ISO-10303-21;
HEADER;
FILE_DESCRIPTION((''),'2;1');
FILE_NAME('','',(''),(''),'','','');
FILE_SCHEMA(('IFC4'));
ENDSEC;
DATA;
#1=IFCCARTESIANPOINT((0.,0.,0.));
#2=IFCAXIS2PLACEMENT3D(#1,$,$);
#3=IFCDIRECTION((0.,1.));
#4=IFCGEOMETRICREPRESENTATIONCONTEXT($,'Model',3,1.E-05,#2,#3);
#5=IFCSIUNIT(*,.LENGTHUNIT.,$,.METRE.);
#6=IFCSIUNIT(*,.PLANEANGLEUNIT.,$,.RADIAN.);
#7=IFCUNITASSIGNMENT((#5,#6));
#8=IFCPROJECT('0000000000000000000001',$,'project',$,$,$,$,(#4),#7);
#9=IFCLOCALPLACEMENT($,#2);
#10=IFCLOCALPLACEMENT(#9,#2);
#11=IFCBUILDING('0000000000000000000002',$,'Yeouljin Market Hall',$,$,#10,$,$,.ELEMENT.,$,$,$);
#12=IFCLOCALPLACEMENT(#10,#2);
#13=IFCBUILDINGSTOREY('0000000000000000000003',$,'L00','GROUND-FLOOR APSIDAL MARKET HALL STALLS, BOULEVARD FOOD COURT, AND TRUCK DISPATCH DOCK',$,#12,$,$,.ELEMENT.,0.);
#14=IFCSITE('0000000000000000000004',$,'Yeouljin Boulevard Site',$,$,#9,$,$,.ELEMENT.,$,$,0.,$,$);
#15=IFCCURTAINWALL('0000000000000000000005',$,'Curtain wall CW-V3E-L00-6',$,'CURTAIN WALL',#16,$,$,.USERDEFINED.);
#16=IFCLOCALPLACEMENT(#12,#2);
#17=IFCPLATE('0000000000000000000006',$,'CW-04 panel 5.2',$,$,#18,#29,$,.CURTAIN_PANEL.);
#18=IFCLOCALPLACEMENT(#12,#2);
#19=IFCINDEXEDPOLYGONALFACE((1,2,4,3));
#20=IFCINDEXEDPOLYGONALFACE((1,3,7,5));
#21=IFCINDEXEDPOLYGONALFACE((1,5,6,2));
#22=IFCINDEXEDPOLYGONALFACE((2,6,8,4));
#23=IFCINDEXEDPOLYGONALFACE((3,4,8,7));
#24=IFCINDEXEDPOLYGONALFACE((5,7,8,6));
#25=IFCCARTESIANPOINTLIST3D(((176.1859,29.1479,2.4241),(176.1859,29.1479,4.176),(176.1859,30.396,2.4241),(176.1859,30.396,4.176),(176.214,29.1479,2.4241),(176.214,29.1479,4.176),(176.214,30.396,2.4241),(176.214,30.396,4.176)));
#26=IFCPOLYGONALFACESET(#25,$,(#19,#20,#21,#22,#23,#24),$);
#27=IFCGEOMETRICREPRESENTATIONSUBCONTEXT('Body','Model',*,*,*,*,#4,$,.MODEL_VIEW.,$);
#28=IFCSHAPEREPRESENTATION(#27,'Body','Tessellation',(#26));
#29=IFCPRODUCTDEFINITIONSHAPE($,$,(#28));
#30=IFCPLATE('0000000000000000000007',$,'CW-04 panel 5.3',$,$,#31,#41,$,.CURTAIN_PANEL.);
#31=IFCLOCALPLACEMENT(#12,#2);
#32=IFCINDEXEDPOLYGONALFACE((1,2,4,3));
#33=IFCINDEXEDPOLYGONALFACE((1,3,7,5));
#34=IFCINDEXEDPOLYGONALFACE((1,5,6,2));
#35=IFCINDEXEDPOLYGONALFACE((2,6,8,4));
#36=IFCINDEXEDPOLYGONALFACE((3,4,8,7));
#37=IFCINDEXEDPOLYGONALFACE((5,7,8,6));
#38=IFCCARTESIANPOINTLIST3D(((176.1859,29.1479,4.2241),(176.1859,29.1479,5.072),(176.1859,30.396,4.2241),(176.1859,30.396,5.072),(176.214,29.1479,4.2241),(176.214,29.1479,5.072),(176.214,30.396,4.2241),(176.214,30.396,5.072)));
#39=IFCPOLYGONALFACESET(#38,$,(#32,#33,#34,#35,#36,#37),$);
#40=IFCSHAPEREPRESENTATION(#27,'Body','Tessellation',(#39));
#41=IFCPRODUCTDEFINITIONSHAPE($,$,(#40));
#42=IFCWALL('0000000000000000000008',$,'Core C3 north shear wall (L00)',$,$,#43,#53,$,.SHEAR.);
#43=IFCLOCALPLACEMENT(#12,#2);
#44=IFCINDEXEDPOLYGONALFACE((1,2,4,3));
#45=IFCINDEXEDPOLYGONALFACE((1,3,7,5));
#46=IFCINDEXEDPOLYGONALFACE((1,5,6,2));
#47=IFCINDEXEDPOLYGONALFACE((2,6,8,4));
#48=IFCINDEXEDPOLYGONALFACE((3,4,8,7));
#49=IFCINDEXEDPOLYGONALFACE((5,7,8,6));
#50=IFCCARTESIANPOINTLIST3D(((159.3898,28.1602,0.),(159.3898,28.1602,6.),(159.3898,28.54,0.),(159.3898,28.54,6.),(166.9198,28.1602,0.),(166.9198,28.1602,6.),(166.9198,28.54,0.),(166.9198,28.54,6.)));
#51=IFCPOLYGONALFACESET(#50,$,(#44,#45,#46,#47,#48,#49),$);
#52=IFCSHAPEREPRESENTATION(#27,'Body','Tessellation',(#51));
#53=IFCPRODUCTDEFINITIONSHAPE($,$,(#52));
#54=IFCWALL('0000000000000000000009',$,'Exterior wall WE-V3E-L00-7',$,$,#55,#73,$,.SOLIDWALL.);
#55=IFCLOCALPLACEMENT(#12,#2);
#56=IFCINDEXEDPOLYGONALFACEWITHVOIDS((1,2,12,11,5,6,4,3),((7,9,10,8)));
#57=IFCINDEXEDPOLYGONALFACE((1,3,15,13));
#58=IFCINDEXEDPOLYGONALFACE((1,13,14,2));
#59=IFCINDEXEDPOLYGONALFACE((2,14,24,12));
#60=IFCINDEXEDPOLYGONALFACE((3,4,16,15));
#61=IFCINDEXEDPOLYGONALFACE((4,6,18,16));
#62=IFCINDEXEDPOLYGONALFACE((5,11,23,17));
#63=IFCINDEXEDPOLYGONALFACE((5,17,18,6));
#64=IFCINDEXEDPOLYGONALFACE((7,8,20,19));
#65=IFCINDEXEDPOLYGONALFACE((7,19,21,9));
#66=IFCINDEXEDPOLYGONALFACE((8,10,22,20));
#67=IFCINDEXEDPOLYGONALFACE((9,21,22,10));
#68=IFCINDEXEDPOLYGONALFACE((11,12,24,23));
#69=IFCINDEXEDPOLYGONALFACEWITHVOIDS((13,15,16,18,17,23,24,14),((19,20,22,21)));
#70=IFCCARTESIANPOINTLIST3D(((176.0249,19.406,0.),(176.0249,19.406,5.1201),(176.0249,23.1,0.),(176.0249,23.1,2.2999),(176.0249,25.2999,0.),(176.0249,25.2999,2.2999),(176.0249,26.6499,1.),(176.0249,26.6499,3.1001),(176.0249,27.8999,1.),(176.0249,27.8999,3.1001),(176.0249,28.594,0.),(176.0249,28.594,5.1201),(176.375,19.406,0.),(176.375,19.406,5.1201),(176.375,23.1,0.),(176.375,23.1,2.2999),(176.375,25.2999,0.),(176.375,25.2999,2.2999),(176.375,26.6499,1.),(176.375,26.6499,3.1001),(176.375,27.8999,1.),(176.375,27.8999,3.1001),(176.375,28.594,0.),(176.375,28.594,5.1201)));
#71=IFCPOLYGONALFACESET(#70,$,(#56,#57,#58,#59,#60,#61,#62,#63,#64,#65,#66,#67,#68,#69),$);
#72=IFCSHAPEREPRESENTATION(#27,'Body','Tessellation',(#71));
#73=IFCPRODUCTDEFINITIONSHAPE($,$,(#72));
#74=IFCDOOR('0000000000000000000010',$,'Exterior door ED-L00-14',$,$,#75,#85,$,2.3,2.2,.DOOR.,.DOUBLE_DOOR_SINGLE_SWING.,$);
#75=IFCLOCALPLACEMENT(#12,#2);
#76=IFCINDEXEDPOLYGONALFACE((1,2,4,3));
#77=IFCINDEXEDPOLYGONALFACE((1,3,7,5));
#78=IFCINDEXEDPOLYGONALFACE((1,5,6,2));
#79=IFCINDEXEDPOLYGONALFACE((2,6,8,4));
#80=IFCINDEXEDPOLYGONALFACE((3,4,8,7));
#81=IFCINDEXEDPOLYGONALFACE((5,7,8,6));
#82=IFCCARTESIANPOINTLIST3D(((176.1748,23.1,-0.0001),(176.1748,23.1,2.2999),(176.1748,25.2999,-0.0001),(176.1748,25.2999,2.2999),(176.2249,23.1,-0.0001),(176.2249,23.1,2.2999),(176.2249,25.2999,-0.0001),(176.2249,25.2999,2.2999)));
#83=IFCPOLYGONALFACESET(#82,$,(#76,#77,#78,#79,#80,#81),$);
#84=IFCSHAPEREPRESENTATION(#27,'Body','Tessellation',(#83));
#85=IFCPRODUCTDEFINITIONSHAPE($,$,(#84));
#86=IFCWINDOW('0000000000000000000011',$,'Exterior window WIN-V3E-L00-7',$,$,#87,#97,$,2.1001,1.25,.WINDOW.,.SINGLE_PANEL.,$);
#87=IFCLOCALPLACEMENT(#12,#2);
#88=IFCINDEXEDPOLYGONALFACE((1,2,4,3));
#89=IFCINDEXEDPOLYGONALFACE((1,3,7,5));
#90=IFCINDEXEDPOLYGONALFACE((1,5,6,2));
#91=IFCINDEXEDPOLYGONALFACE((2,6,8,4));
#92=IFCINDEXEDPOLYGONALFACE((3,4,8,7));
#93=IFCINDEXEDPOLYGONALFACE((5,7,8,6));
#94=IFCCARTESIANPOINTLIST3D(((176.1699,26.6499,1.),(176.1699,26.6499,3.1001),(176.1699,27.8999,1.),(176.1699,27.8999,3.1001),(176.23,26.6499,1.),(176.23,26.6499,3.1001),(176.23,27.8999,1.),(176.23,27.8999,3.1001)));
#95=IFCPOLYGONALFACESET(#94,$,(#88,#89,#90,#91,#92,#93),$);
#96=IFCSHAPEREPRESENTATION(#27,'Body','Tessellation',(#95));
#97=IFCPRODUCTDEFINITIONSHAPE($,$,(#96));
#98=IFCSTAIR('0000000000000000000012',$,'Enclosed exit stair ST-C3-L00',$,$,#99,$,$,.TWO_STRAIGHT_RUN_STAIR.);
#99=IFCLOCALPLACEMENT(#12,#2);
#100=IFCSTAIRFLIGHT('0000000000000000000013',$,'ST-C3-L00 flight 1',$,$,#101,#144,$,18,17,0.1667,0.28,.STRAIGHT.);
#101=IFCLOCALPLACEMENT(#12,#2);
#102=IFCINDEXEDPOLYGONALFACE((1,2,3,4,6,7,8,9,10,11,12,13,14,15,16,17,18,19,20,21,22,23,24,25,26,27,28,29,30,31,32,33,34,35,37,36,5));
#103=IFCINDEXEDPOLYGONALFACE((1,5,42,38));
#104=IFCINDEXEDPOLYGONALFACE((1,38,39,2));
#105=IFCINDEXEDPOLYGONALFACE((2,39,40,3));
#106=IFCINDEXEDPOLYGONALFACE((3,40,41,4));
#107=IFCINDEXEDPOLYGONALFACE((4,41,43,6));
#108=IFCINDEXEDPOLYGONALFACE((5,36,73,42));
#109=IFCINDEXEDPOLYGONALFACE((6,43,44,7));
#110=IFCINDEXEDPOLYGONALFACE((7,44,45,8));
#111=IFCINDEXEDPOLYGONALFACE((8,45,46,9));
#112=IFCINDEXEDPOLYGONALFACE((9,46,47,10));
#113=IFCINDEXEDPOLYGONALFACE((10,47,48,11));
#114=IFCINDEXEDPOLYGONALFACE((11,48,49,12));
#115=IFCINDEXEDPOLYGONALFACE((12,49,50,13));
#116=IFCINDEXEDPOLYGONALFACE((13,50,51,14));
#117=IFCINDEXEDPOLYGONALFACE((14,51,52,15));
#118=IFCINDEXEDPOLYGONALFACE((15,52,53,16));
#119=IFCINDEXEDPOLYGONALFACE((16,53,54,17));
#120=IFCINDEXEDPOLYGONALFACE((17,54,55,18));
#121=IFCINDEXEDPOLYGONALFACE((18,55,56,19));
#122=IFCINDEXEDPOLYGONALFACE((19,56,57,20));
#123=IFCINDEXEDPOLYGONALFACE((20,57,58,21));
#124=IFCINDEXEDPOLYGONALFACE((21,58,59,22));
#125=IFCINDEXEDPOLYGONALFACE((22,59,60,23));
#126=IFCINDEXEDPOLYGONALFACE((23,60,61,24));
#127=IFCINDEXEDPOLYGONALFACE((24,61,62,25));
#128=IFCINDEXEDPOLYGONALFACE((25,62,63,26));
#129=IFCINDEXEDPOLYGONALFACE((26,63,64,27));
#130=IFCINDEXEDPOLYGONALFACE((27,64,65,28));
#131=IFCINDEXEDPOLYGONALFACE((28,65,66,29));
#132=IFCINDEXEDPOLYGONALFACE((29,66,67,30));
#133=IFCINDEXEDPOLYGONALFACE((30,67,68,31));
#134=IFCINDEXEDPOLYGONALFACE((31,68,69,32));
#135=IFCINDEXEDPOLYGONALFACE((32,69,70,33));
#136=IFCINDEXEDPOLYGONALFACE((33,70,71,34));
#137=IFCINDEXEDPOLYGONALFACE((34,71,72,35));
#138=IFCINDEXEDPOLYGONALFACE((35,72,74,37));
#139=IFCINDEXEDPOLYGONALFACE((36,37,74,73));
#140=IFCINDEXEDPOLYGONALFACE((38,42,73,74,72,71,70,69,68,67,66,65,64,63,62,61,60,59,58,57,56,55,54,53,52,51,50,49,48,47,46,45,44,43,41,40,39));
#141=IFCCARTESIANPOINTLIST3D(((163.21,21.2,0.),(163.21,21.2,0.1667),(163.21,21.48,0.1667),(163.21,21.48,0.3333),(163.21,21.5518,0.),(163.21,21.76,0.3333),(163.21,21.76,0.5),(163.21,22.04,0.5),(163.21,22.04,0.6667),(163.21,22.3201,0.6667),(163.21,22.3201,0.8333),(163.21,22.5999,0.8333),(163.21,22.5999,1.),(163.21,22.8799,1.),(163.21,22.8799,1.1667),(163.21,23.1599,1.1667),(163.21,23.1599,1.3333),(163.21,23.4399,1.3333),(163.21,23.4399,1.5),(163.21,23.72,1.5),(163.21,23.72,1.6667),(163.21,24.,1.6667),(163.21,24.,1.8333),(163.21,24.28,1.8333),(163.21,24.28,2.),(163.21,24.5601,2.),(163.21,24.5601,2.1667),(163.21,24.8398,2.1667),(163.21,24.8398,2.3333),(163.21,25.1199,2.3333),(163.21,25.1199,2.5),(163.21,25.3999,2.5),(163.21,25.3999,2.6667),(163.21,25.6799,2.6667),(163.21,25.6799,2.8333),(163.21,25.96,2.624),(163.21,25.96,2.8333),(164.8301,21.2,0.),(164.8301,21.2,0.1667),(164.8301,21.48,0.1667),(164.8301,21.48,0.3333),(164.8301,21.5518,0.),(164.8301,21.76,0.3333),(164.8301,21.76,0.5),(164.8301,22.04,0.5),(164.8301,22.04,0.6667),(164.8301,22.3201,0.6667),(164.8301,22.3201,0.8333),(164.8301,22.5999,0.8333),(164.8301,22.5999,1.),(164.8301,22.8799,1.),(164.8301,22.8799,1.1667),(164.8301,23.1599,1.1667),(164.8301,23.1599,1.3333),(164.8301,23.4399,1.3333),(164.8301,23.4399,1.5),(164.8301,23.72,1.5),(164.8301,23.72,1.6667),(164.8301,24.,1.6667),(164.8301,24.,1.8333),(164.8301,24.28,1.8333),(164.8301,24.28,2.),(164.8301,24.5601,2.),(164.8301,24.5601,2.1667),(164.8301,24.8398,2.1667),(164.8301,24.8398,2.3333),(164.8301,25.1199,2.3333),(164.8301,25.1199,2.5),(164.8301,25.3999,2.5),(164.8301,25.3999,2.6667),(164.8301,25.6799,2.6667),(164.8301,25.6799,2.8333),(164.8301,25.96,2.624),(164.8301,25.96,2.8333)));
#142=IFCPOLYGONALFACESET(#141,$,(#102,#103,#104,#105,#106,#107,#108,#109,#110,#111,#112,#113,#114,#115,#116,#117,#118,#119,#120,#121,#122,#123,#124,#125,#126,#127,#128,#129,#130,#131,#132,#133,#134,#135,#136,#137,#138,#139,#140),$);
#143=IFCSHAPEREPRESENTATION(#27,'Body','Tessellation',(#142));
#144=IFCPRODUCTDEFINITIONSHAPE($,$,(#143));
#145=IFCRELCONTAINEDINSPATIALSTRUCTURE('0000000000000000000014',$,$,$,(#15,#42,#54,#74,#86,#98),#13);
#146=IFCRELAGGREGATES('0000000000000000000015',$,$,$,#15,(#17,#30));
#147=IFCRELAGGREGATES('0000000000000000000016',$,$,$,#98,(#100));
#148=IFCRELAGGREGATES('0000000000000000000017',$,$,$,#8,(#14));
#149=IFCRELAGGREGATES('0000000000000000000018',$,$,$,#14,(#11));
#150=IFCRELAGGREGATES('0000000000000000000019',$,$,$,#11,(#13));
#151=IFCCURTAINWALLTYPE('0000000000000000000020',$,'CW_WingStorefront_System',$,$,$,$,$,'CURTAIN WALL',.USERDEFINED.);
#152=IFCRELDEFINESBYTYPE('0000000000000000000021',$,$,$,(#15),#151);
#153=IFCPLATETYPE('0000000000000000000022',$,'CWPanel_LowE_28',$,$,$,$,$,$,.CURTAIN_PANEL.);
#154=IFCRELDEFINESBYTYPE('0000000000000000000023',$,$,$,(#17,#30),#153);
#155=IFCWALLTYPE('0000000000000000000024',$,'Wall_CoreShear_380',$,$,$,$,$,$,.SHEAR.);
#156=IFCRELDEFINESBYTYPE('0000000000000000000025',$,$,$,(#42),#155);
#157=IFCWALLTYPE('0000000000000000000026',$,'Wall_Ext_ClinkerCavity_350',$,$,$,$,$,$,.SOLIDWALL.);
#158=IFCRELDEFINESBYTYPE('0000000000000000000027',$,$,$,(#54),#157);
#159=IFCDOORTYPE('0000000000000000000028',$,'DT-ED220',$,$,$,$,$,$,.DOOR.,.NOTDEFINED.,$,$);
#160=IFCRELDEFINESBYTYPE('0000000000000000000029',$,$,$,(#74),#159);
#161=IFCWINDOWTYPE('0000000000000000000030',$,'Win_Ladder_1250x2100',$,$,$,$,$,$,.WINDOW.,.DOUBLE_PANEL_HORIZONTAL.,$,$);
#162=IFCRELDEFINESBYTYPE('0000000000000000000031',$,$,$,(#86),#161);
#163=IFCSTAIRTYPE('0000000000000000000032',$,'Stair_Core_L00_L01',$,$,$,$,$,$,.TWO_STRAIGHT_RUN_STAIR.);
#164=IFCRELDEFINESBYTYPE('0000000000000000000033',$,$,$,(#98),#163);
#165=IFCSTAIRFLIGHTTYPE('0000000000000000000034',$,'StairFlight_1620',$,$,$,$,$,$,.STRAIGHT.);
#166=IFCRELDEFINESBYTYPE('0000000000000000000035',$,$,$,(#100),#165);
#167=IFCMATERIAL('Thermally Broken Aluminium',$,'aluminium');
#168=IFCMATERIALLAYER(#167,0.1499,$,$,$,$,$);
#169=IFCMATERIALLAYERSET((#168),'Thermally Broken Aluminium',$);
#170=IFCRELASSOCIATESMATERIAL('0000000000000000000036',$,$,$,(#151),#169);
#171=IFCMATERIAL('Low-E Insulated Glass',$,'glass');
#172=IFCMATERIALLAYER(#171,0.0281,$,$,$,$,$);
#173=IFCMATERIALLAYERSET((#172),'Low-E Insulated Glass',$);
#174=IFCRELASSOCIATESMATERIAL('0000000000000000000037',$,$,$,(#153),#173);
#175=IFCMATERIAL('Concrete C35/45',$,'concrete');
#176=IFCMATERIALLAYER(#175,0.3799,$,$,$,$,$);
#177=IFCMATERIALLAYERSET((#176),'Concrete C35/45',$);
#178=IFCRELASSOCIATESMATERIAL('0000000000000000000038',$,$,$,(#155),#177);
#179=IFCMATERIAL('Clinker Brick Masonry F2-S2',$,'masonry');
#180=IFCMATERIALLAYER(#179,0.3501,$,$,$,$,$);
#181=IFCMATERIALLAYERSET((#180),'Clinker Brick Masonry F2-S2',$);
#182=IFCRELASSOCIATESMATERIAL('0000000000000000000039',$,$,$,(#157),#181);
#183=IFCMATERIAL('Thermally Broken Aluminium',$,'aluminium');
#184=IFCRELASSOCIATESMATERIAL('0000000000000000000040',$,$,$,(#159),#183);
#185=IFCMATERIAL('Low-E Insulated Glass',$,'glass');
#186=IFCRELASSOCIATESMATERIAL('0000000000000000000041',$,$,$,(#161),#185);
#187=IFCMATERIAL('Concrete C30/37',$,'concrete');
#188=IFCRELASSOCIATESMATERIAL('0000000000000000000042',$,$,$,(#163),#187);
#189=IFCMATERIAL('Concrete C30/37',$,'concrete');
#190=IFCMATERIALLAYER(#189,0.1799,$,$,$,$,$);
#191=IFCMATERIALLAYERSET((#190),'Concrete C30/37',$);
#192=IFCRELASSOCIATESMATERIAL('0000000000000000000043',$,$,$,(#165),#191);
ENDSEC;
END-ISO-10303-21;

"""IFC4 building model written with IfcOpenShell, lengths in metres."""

from ifc_helpers import new_model, si_unit, direction, frame, frame_2d, origin, origin_2d, place, context, subcontext, project, spatial, polyline, rectangle, outline, extrude, material, layer, layer_set, type_object, element, fill, aggregate, save


model = new_model("IFC4")

# Units and contexts
model_context = context("Model", 3, precision=1e-05, world=origin(), true_north=direction((0.0, 1.0)))
body_context = subcontext(model_context, "Body", "Model", "MODEL_VIEW")
ifc_project = project(units=[si_unit("LENGTHUNIT", "METRE"), si_unit("PLANEANGLEUNIT", "RADIAN")], contexts=[model_context])

# Site, building, storey
site_placement = place(None, origin())
site = spatial("IfcSite", under=ifc_project, at=site_placement, Name="Yeouljin Boulevard Site", CompositionType="ELEMENT", RefElevation=0.0)
building_placement = place(site_placement, origin())
building = spatial("IfcBuilding", under=site, at=building_placement, Name="Yeouljin Market Hall", CompositionType="ELEMENT")
storey_placement = place(building_placement, origin())
storey = spatial("IfcBuildingStorey", under=building, at=storey_placement, Name="L00", Description="GROUND-FLOOR APSIDAL MARKET HALL STALLS, BOULEVARD FOOD COURT, AND TRUCK DISPATCH DOCK", CompositionType="ELEMENT", Elevation=0.0)

# Curtain wall, plates
ifc_material_1 = material(Name="Thermally Broken Aluminium", Category="aluminium")
ifc_layer_1 = layer(ifc_material_1, 0.1499)
ifc_layer_set_1 = layer_set([ifc_layer_1], Name="Thermally Broken Aluminium")
curtain_wall_type = type_object("IfcCurtainWallType", Name="CW_WingStorefront_System", ElementType="CURTAIN WALL", PredefinedType="USERDEFINED", material=ifc_layer_set_1)
curtain_wall_placement = place(storey_placement, origin())
curtain_wall = element("IfcCurtainWall", 1, at=curtain_wall_placement, inside=storey, type_object=curtain_wall_type, Name="Curtain wall CW-V3E-L00-6", ObjectType="CURTAIN WALL", PredefinedType="USERDEFINED")
ifc_material_2 = material(Name="Low-E Insulated Glass", Category="glass")
ifc_layer_2 = layer(ifc_material_2, 0.0281)
ifc_layer_set_2 = layer_set([ifc_layer_2], Name="Low-E Insulated Glass")
plate_type = type_object("IfcPlateType", Name="CWPanel_LowE_28", PredefinedType="CURTAIN_PANEL", material=ifc_layer_set_2)
plate_1_placement = place(storey_placement, frame((176.2, 29.772, 2.4241), z_axis=(0.0, 0.0, 1.0), x_axis=(0.0, -1.0, 0.0)))
plate_1 = element("IfcPlate", 2, at=plate_1_placement, type_object=plate_type, Name="CW-04 panel 5.2", PredefinedType="CURTAIN_PANEL", context=body_context, shape_type="SweptSolid", body=[
    extrude(rectangle(XDim=1.248, YDim=0.0281, at=origin_2d()), origin(), (0.0, 0.0, 1.0), 1.752),
])
plate_2_placement = place(storey_placement, frame((176.2, 29.772, 4.2241), z_axis=(0.0, 0.0, 1.0), x_axis=(0.0, -1.0, 0.0)))
plate_2 = element("IfcPlate", 3, at=plate_2_placement, type_object=plate_type, Name="CW-04 panel 5.3", PredefinedType="CURTAIN_PANEL", context=body_context, shape_type="SweptSolid", body=[
    extrude(rectangle(XDim=1.248, YDim=0.0281, at=origin_2d()), origin(), (0.0, 0.0, 1.0), 0.8479),
])
aggregate(curtain_wall, [plate_1, plate_2])

# Wall
ifc_material_3 = material(Name="Concrete C35/45", Category="concrete")
ifc_layer_3 = layer(ifc_material_3, 0.3799)
ifc_layer_set_3 = layer_set([ifc_layer_3], Name="Concrete C35/45")
wall_type_1 = type_object("IfcWallType", Name="Wall_CoreShear_380", PredefinedType="SHEAR", material=ifc_layer_set_3)
wall_1_placement = place(storey_placement, frame((166.9199, 28.3501, 0.0), z_axis=(0.0, 0.0, 1.0), x_axis=(-1.0, 0.0, 0.0)))
element("IfcWall", 4, at=wall_1_placement, inside=storey, type_object=wall_type_1, Name="Core C3 north shear wall (L00)", PredefinedType="SHEAR", context=body_context, shape_type="SweptSolid", body=[
    extrude(rectangle(XDim=7.53, YDim=0.3799, at=frame_2d((3.7651, 0.0))), origin(), (0.0, 0.0, 1.0), 6.0),
])

# Wall, openings, door, window
ifc_material_4 = material(Name="Clinker Brick Masonry F2-S2", Category="masonry")
ifc_layer_4 = layer(ifc_material_4, 0.3501)
ifc_layer_set_4 = layer_set([ifc_layer_4], Name="Clinker Brick Masonry F2-S2")
wall_type_2 = type_object("IfcWallType", Name="Wall_Ext_ClinkerCavity_350", PredefinedType="SOLIDWALL", material=ifc_layer_set_4)
wall_2_placement = place(storey_placement, frame((176.2, 28.594, 0.0), z_axis=(0.0, 0.0, 1.0), x_axis=(0.0, -1.0, 0.0)))
wall_2 = element("IfcWall", 5, at=wall_2_placement, inside=storey, type_object=wall_type_2, Name="Exterior wall WE-V3E-L00-7", PredefinedType="SOLIDWALL", context=body_context, shape_type="SweptSolid", body=[
    extrude(rectangle(XDim=9.188, YDim=0.3501, at=frame_2d((4.594, 0.0))), origin(), (0.0, 0.0, 1.0), 5.1201),
])
opening_1_placement = place(wall_2_placement, frame((3.2939, 0.0, 0.0)))
opening_1 = element("IfcOpeningElement", 6, at=opening_1_placement, cuts=wall_2, PredefinedType="OPENING", context=body_context, shape_type="SweptSolid", body=[
    extrude(rectangle(XDim=2.2, YDim=2.3, at=frame_2d((1.1001, 1.1499))), frame((0.0, 0.1851, 0.0), z_axis=(0.0, -1.0, 0.0), x_axis=(1.0, 0.0, 0.0)), (0.0, 0.0, 1.0), 0.3701),
])
opening_2_placement = place(wall_2_placement, frame((0.6941, 0.0, 1.0)))
opening_2 = element("IfcOpeningElement", 7, at=opening_2_placement, cuts=wall_2, PredefinedType="OPENING", context=body_context, shape_type="SweptSolid", body=[
    extrude(rectangle(XDim=1.25, YDim=2.1001, at=frame_2d((0.625, 1.05))), frame((0.0, 0.1851, 0.0), z_axis=(0.0, -1.0, 0.0), x_axis=(1.0, 0.0, 0.0)), (0.0, 0.0, 1.0), 0.3701),
])
ifc_material_5 = material(Name="Thermally Broken Aluminium", Category="aluminium")
door_type = type_object("IfcDoorType", Name="DT-ED220", OperationType="NOTDEFINED", PredefinedType="DOOR", material=ifc_material_5)
door_placement = place(opening_1_placement, origin())
door = element("IfcDoor", 8, at=door_placement, inside=storey, type_object=door_type, Name="Exterior door ED-L00-14", OperationType="DOUBLE_DOOR_SINGLE_SWING", OverallHeight=2.3, OverallWidth=2.2, PredefinedType="DOOR", context=body_context, shape_type="SweptSolid", body=[
    extrude(rectangle(XDim=2.2, YDim=2.3, at=frame_2d((1.1001, 1.1499))), frame((0.0, 0.0249, 0.0), z_axis=(0.0, -1.0, 0.0), x_axis=(1.0, 0.0, 0.0)), (0.0, 0.0, 1.0), 0.05),
])
fill(opening_1, door)
ifc_material_6 = material(Name="Low-E Insulated Glass", Category="glass")
window_type = type_object("IfcWindowType", Name="Win_Ladder_1250x2100", PartitioningType="DOUBLE_PANEL_HORIZONTAL", PredefinedType="WINDOW", material=ifc_material_6)
window_placement = place(opening_2_placement, origin())
window = element("IfcWindow", 9, at=window_placement, inside=storey, type_object=window_type, Name="Exterior window WIN-V3E-L00-7", OverallHeight=2.1001, OverallWidth=1.25, PartitioningType="SINGLE_PANEL", PredefinedType="WINDOW", context=body_context, shape_type="SweptSolid", body=[
    extrude(rectangle(XDim=1.25, YDim=2.1001, at=frame_2d((0.625, 1.05))), frame((0.0, 0.03, 0.0), z_axis=(0.0, -1.0, 0.0), x_axis=(1.0, 0.0, 0.0)), (0.0, 0.0, 1.0), 0.0601),
])
fill(opening_2, window)

# Stair, stair flight
ifc_material_7 = material(Name="Concrete C30/37", Category="concrete")
stair_type = type_object("IfcStairType", Name="Stair_Core_L00_L01", PredefinedType="TWO_STRAIGHT_RUN_STAIR", material=ifc_material_7)
stair_placement = place(storey_placement, origin())
stair = element("IfcStair", 10, at=stair_placement, inside=storey, type_object=stair_type, Name="Enclosed exit stair ST-C3-L00", PredefinedType="TWO_STRAIGHT_RUN_STAIR")
ifc_material_8 = material(Name="Concrete C30/37", Category="concrete")
ifc_layer_5 = layer(ifc_material_8, 0.1799)
ifc_layer_set_5 = layer_set([ifc_layer_5], Name="Concrete C30/37")
stair_flight_type = type_object("IfcStairFlightType", Name="StairFlight_1620", PredefinedType="STRAIGHT", material=ifc_layer_set_5)
stair_flight_1_placement = place(storey_placement, frame((164.02, 21.2, 0.0), z_axis=(0.0, 0.0, 1.0), x_axis=(0.0, 1.0, 0.0)))
stair_flight_1 = element("IfcStairFlight", 11, at=stair_flight_1_placement, type_object=stair_flight_type, Name="ST-C3-L00 flight 1", NumberOfRisers=18, NumberOfTreads=17, PredefinedType="STRAIGHT", RiserHeight=0.1667, TreadLength=0.28, context=body_context, shape_type="SweptSolid", body=[
    extrude(outline(polyline([(0.0, 0.0), (0.0, 0.1667), (0.28, 0.1667), (0.28, 0.3333), (0.5601, 0.3333), (0.5601, 0.5), (0.8401, 0.5), (0.8401, 0.6667), (1.1201, 0.6667), (1.1201, 0.8333), (1.3999, 0.8333), (1.3999, 1.0), (1.6799, 1.0), (1.6799, 1.1667), (1.96, 1.1667), (1.96, 1.3333), (2.24, 1.3333), (2.24, 1.5), (2.52, 1.5), (2.52, 1.6667), (2.8, 1.6667), (2.8, 1.8333), (3.0801, 1.8333), (3.0801, 2.0), (3.3601, 2.0), (3.3601, 2.1667), (3.6399, 2.1667), (3.6399, 2.3333), (3.9199, 2.3333), (3.9199, 2.5), (4.2, 2.5), (4.2, 2.6667), (4.48, 2.6667), (4.48, 2.8333), (4.76, 2.8333), (4.76, 3.0), (4.76, 2.624), (0.3518, 0.0), (0.0, 0.0)])), frame((0.0, 0.8101, 0.0), z_axis=(0.0, -1.0, 0.0), x_axis=(1.0, 0.0, 0.0)), (0.0, 0.0, 1.0), 1.6201),
])
aggregate(stair, [stair_flight_1])

save(model, "model.ifc")
